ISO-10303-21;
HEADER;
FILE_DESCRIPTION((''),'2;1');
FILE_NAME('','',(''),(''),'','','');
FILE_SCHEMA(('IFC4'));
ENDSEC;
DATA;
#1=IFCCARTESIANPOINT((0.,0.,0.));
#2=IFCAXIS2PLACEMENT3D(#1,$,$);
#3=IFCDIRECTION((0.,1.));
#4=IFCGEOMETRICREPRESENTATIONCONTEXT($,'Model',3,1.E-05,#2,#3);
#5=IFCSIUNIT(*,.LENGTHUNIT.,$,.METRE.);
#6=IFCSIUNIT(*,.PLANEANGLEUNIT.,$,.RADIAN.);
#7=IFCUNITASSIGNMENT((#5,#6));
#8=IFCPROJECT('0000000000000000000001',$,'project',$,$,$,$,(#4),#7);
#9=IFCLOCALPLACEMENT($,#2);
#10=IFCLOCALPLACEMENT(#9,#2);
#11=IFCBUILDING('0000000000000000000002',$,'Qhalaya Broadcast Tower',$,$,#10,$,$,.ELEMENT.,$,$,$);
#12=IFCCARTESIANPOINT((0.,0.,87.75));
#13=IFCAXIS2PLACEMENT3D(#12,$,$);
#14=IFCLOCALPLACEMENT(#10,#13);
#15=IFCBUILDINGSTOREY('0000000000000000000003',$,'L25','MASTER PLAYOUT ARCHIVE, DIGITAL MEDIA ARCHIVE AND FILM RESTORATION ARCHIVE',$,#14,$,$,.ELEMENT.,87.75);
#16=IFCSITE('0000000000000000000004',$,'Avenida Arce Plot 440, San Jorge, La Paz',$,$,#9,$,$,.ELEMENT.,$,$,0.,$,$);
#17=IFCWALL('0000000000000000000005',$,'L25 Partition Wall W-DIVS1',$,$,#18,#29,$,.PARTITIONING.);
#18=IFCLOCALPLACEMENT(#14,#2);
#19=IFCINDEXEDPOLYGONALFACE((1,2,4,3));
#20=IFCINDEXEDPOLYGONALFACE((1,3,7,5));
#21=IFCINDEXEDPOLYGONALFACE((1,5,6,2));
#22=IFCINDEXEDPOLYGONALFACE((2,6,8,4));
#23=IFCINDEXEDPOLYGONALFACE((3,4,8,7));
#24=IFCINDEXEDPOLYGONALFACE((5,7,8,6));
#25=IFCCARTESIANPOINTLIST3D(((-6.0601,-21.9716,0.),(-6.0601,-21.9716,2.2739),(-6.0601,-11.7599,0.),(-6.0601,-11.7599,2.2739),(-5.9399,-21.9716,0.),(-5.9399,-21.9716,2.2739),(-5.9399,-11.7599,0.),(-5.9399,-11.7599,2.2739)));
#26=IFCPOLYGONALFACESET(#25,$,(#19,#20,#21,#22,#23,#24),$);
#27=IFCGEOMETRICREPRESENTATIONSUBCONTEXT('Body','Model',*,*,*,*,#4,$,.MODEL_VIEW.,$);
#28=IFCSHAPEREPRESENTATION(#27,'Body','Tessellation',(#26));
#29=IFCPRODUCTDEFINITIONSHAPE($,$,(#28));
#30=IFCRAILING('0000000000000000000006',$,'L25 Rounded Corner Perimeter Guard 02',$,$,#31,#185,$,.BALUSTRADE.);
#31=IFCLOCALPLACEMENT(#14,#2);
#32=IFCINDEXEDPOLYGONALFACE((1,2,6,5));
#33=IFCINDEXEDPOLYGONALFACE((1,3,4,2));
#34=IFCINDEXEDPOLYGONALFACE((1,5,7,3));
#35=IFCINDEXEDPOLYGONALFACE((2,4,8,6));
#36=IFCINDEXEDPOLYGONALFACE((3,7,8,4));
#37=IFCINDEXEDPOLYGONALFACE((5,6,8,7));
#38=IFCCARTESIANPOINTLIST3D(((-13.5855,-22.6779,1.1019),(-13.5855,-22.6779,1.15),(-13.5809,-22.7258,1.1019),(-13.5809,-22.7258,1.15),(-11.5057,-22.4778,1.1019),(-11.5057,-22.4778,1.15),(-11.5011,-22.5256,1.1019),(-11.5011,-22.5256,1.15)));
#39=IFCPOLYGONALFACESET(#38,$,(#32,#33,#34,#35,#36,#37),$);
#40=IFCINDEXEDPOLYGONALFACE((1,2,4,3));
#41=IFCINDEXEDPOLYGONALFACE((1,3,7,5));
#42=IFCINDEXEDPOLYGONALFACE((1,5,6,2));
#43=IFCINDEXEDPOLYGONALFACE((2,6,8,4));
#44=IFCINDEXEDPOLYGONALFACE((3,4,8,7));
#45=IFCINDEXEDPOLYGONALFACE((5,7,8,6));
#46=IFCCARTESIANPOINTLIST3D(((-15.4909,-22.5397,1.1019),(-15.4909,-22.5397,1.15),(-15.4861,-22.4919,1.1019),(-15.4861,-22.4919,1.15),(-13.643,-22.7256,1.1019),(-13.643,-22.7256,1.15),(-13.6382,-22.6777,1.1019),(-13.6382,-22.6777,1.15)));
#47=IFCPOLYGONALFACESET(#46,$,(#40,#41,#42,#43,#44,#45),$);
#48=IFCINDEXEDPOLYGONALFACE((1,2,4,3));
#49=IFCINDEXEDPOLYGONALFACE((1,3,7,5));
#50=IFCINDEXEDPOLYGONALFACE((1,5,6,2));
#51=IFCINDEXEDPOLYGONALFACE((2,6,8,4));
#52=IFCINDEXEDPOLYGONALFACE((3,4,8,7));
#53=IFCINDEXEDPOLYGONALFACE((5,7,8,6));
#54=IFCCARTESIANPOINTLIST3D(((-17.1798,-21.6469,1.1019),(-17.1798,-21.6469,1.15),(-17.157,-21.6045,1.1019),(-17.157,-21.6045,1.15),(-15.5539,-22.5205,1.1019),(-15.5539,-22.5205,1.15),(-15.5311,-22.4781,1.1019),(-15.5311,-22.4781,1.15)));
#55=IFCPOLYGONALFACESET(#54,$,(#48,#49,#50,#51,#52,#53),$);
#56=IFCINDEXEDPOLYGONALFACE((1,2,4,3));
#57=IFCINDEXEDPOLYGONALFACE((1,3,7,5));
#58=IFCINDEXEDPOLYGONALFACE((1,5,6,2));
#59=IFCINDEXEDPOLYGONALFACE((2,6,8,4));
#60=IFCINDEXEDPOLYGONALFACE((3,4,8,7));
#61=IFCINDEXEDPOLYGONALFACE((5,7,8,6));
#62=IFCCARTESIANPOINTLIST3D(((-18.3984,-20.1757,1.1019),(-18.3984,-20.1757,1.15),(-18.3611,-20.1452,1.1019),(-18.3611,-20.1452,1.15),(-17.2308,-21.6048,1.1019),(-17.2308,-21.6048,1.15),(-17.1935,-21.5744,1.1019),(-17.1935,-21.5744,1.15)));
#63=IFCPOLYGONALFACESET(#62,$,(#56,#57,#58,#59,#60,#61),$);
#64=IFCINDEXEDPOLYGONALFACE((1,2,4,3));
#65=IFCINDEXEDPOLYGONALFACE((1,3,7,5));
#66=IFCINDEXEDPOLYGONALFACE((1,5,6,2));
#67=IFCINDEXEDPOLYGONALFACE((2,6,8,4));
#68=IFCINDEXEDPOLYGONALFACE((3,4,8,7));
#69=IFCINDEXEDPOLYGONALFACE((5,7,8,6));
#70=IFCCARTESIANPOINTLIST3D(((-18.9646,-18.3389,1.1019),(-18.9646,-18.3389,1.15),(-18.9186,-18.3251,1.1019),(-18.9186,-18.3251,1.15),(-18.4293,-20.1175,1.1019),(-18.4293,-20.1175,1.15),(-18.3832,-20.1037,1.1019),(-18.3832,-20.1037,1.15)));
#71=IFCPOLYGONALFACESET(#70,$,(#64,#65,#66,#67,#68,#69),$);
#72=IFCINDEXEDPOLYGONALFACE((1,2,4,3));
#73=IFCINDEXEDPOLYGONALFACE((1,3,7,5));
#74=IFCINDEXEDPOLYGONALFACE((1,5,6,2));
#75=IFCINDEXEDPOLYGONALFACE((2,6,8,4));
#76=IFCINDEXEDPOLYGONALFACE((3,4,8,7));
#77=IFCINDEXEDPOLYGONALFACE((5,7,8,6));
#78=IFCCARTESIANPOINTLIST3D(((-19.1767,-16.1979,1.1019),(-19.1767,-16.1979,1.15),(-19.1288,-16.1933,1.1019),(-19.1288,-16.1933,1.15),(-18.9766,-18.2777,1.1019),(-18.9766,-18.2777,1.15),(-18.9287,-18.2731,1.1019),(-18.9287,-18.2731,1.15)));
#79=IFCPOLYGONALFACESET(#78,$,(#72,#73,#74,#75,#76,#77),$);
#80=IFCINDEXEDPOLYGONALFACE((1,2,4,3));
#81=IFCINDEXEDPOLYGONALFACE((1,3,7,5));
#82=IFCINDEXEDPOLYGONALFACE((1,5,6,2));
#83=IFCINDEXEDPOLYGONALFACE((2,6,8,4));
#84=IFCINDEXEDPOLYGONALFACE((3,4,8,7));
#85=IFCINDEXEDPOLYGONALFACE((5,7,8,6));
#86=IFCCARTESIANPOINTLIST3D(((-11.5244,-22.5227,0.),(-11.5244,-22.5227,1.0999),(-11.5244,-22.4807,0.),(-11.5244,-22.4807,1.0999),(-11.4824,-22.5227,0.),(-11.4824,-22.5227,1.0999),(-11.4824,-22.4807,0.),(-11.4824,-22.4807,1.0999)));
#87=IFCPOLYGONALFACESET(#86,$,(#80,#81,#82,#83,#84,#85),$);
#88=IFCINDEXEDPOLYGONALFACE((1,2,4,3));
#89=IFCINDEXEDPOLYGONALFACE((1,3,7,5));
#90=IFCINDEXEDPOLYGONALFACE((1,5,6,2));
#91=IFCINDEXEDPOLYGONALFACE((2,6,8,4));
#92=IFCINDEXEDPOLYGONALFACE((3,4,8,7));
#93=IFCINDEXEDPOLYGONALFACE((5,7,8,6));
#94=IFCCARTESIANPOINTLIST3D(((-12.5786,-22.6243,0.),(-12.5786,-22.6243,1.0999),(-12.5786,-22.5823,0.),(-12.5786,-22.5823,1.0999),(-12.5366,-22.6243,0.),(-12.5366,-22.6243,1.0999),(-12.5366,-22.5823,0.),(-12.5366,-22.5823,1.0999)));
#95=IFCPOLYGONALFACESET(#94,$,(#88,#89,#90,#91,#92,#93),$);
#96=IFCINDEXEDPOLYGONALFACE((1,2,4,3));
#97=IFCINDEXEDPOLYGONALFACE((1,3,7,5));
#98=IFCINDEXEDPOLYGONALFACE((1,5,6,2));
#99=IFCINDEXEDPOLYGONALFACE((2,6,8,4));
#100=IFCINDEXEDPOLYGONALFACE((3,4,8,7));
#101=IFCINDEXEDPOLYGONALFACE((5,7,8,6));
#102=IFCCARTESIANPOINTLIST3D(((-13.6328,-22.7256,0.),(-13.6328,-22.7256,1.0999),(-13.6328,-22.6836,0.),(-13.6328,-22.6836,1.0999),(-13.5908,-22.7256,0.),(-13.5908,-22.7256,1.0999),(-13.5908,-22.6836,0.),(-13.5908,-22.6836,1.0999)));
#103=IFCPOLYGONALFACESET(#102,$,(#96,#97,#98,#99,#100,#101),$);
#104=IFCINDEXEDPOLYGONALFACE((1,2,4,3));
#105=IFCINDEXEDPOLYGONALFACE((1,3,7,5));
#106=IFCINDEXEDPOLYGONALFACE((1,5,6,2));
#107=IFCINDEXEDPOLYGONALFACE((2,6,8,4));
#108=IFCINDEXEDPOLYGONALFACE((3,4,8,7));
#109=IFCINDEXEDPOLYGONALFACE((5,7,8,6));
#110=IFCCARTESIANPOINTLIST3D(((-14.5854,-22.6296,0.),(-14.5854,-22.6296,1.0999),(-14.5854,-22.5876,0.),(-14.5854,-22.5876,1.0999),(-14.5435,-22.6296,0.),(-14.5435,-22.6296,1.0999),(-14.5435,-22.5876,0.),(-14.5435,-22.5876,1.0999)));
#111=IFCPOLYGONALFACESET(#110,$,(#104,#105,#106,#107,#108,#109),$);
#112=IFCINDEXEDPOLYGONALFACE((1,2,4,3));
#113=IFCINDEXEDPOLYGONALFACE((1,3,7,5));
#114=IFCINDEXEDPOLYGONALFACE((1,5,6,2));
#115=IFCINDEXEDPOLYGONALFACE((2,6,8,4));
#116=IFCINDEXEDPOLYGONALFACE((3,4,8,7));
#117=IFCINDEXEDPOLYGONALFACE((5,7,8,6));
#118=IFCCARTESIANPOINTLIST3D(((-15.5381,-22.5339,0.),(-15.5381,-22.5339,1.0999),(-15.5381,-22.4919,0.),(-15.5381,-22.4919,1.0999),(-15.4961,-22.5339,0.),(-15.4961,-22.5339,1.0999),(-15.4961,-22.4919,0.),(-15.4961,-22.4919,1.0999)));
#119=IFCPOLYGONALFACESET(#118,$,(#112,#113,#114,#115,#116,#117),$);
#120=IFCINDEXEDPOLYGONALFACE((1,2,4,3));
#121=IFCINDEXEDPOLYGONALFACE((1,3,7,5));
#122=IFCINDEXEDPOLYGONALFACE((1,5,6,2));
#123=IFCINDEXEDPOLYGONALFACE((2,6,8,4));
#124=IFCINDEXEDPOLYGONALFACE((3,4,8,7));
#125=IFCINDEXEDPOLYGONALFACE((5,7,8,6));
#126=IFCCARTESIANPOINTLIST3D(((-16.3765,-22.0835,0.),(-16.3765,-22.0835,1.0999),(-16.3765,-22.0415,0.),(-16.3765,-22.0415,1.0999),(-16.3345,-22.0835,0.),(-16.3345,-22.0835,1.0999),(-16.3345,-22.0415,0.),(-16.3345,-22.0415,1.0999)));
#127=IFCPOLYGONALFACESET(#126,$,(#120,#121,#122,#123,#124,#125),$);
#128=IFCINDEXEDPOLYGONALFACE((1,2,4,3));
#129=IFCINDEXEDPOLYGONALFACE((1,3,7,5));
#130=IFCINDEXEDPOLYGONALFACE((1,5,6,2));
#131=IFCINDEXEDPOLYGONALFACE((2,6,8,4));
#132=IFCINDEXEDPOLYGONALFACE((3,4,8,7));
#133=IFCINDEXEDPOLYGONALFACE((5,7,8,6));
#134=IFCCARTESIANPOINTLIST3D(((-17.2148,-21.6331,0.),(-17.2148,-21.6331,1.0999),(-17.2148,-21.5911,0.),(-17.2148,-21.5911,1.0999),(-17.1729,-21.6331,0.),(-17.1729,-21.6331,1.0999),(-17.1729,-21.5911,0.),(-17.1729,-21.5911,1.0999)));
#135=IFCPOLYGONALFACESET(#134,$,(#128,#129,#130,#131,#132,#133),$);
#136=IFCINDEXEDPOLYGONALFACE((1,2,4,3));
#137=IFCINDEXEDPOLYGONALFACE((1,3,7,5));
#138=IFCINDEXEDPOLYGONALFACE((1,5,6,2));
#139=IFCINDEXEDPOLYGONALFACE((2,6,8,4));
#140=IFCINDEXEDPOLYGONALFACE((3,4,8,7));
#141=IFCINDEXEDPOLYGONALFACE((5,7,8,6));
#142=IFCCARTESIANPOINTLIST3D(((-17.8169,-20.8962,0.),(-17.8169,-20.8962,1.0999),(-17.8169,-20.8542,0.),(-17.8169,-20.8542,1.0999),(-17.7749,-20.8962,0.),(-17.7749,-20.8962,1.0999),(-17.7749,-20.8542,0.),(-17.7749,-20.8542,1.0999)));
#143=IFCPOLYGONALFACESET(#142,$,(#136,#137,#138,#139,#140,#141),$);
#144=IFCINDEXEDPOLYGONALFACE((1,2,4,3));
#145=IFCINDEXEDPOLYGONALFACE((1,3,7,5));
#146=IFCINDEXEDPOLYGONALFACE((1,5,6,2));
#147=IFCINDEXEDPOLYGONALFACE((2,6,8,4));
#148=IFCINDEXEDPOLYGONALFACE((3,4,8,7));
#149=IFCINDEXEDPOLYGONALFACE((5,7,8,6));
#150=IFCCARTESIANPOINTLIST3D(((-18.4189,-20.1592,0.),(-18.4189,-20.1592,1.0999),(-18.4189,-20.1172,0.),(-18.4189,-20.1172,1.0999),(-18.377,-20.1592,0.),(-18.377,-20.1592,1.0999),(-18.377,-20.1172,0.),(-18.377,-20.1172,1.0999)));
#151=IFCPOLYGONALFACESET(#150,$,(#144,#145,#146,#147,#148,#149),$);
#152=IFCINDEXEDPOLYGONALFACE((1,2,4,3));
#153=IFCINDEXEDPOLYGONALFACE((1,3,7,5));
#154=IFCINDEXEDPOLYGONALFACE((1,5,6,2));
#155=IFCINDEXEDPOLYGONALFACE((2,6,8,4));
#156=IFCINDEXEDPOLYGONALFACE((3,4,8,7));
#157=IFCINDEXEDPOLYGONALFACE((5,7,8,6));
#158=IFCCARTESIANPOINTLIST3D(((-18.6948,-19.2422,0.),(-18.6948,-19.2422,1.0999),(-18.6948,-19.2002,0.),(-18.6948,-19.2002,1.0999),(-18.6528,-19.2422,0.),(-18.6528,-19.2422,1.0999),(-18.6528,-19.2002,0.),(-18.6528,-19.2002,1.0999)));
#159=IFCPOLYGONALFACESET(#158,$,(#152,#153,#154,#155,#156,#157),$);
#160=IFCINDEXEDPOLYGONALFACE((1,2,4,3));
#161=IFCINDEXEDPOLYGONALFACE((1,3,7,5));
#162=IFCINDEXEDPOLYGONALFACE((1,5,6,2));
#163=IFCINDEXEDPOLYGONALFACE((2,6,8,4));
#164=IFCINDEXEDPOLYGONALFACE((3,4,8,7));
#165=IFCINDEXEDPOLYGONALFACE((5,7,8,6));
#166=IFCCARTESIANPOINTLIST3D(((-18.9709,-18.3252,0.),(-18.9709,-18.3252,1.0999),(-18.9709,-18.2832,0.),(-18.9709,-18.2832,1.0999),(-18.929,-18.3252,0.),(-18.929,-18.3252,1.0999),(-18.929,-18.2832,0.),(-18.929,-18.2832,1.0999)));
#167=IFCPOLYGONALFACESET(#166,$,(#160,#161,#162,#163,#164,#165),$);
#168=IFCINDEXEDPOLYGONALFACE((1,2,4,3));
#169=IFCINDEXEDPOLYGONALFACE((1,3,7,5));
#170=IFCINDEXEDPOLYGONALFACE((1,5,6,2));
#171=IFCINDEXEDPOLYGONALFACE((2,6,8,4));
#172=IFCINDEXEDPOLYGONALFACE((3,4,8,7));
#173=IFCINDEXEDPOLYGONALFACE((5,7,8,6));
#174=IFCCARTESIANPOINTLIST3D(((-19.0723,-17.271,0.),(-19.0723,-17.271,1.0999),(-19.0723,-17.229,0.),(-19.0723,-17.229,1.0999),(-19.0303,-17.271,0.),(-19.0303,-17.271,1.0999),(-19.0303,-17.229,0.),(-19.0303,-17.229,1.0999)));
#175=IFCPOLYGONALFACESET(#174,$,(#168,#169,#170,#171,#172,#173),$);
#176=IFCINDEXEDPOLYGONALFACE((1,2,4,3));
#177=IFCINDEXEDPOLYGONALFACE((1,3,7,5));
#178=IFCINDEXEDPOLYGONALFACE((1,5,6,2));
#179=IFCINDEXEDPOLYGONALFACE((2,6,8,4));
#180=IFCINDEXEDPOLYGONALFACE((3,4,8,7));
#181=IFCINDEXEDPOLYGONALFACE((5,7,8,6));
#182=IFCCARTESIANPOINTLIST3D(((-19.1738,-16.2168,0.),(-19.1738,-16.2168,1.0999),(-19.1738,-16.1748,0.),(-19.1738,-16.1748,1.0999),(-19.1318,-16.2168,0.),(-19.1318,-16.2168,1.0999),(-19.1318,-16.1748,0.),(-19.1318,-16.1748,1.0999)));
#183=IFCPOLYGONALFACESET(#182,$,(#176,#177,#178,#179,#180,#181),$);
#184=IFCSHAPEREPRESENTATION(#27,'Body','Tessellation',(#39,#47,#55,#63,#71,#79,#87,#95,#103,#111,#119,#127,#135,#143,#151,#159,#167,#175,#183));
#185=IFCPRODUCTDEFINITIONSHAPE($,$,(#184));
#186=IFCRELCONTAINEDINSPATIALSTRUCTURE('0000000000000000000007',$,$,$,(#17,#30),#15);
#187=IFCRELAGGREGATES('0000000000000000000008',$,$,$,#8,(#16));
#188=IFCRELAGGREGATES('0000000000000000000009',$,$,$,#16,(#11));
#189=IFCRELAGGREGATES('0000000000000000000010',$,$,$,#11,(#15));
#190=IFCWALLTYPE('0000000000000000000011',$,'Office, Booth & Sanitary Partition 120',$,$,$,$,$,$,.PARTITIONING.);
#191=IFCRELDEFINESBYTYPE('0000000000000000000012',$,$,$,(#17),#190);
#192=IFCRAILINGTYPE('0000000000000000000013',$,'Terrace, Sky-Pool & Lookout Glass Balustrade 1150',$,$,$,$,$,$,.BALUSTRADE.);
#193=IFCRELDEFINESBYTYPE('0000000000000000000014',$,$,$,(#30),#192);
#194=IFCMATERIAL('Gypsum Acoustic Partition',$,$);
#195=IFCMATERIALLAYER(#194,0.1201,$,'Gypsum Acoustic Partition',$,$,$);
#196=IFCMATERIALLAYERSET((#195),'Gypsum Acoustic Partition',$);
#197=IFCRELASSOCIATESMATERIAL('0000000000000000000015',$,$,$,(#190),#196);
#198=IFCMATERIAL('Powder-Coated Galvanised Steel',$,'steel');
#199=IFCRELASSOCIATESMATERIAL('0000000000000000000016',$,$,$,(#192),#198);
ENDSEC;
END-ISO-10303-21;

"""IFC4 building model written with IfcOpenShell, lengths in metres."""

from ifc_helpers import new_model, si_unit, direction, frame, frame_2d, origin, origin_2d, place, context, subcontext, project, spatial, rectangle, extrude, material, layer, layer_set, type_object, element, save


model = new_model("IFC4")

# Units and contexts
model_context = context("Model", 3, precision=1e-05, world=origin(), true_north=direction((0.0, 1.0)))
body_context = subcontext(model_context, "Body", "Model", "MODEL_VIEW")
ifc_project = project(units=[si_unit("LENGTHUNIT", "METRE"), si_unit("PLANEANGLEUNIT", "RADIAN")], contexts=[model_context])

# Site, building, storey
site_placement = place(None, origin())
site = spatial("IfcSite", under=ifc_project, at=site_placement, Name="Avenida Arce Plot 440, San Jorge, La Paz", CompositionType="ELEMENT", RefElevation=0.0)
building_placement = place(site_placement, origin())
building = spatial("IfcBuilding", under=site, at=building_placement, Name="Qhalaya Broadcast Tower", CompositionType="ELEMENT")
storey_placement = place(building_placement, frame((0.0, 0.0, 87.75)))
storey = spatial("IfcBuildingStorey", under=building, at=storey_placement, Name="L25", Description="MASTER PLAYOUT ARCHIVE, DIGITAL MEDIA ARCHIVE AND FILM RESTORATION ARCHIVE", CompositionType="ELEMENT", Elevation=87.75)

# Shared definitions
ifc_material_1 = material(Name="Gypsum Acoustic Partition")

# Wall
ifc_layer_1 = layer(ifc_material_1, 0.1201, Name="Gypsum Acoustic Partition")
ifc_layer_set_1 = layer_set([ifc_layer_1], Name="Gypsum Acoustic Partition")
wall_type_1 = type_object("IfcWallType", Name="Office, Booth & Sanitary Partition 120", PredefinedType="PARTITIONING", material=ifc_layer_set_1)
wall_1_placement = place(storey_placement, frame((-6.0, -21.9717, 0.0), z_axis=(0.0, 0.0, 1.0), x_axis=(0.0, 1.0, 0.0)))
element("IfcWall", 1, at=wall_1_placement, inside=storey, type_object=wall_type_1, Name="L25 Partition Wall W-DIVS1", PredefinedType="PARTITIONING", context=body_context, shape_type="SweptSolid", body=[
    extrude(rectangle(XDim=10.2117, YDim=0.1201, at=frame_2d((5.106, 0.0))), origin(), (0.0, 0.0, 1.0), 2.2739),
])

# Railing
ifc_material_2 = material(Name="Powder-Coated Galvanised Steel", Category="steel")
railing_type = type_object("IfcRailingType", Name="Terrace, Sky-Pool & Lookout Glass Balustrade 1150", PredefinedType="BALUSTRADE", material=ifc_material_2)
railing_placement = place(storey_placement, frame((-11.5034, -22.5017, 0.0)))
element("IfcRailing", 2, at=railing_placement, inside=storey, type_object=railing_type, Name="L25 Rounded Corner Perimeter Guard 02", PredefinedType="BALUSTRADE", context=body_context, shape_type="SweptSolid", body=[
    extrude(rectangle(XDim=0.0481, YDim=0.0481, at=origin_2d()), frame((0.0, 0.0, 1.126), z_axis=(-0.995402, -0.095783, 0.0), x_axis=(0.095783, -0.995402, 0.0)), (0.0, 0.0, 1.0), 2.0894),
    extrude(rectangle(XDim=0.0481, YDim=0.0481, at=origin_2d()), frame((-2.1372, -0.2, 1.126), z_axis=(-0.994979, 0.100084, 0.0), x_axis=(-0.100084, -0.994979, 0.0)), (0.0, 0.0, 1.0), 1.8572),
    extrude(rectangle(XDim=0.0481, YDim=0.0481, at=origin_2d()), frame((-4.0391, 0.0024, 1.126), z_axis=(-0.880907, 0.473289, 0.0), x_axis=(-0.473289, -0.880907, 0.0)), (0.0, 0.0, 1.0), 1.8457),
    extrude(rectangle(XDim=0.0481, YDim=0.0481, at=origin_2d()), frame((-5.7087, 0.9121, 1.126), z_axis=(-0.632672, 0.77442, 0.0), x_axis=(-0.77442, -0.632672, 0.0)), (0.0, 0.0, 1.0), 1.8455),
    extrude(rectangle(XDim=0.0481, YDim=0.0481, at=origin_2d()), frame((-6.9028, 2.3911, 1.126), z_axis=(-0.288213, 0.957566, 0.0), x_axis=(-0.957566, -0.288213, 0.0)), (0.0, 0.0, 1.0), 1.8574),
    extrude(rectangle(XDim=0.0481, YDim=0.0481, at=origin_2d()), frame((-7.4492, 4.2263, 1.126), z_axis=(-0.095783, 0.995402, 0.0), x_axis=(-0.995402, -0.095783, 0.0)), (0.0, 0.0, 1.0), 2.0894),
    extrude(rectangle(XDim=0.042, YDim=0.042, at=origin_2d()), origin(), (0.0, 0.0, 1.0), 1.0999),
    extrude(rectangle(XDim=0.042, YDim=0.042, at=origin_2d()), frame((-1.0542, -0.1016, 0.0)), (0.0, 0.0, 1.0), 1.0999),
    extrude(rectangle(XDim=0.042, YDim=0.042, at=origin_2d()), frame((-2.1084, -0.2029, 0.0)), (0.0, 0.0, 1.0), 1.0999),
    extrude(rectangle(XDim=0.042, YDim=0.042, at=origin_2d()), frame((-3.061, -0.1069, 0.0)), (0.0, 0.0, 1.0), 1.0999),
    extrude(rectangle(XDim=0.042, YDim=0.042, at=origin_2d()), frame((-4.0137, -0.0112, 0.0)), (0.0, 0.0, 1.0), 1.0999),
    extrude(rectangle(XDim=0.042, YDim=0.042, at=origin_2d()), frame((-4.8521, 0.4392, 0.0)), (0.0, 0.0, 1.0), 1.0999),
    extrude(rectangle(XDim=0.042, YDim=0.042, at=origin_2d()), frame((-5.6904, 0.8896, 0.0)), (0.0, 0.0, 1.0), 1.0999),
    extrude(rectangle(XDim=0.042, YDim=0.042, at=origin_2d()), frame((-6.2925, 1.6265, 0.0)), (0.0, 0.0, 1.0), 1.0999),
    extrude(rectangle(XDim=0.042, YDim=0.042, at=origin_2d()), frame((-6.8945, 2.3635, 0.0)), (0.0, 0.0, 1.0), 1.0999),
    extrude(rectangle(XDim=0.042, YDim=0.042, at=origin_2d()), frame((-7.1704, 3.2805, 0.0)), (0.0, 0.0, 1.0), 1.0999),
    extrude(rectangle(XDim=0.042, YDim=0.042, at=origin_2d()), frame((-7.4465, 4.1975, 0.0)), (0.0, 0.0, 1.0), 1.0999),
    extrude(rectangle(XDim=0.042, YDim=0.042, at=origin_2d()), frame((-7.5479, 5.2517, 0.0)), (0.0, 0.0, 1.0), 1.0999),
    extrude(rectangle(XDim=0.042, YDim=0.042, at=origin_2d()), frame((-7.6494, 6.3059, 0.0)), (0.0, 0.0, 1.0), 1.0999),
])

save(model, "model.ifc")
